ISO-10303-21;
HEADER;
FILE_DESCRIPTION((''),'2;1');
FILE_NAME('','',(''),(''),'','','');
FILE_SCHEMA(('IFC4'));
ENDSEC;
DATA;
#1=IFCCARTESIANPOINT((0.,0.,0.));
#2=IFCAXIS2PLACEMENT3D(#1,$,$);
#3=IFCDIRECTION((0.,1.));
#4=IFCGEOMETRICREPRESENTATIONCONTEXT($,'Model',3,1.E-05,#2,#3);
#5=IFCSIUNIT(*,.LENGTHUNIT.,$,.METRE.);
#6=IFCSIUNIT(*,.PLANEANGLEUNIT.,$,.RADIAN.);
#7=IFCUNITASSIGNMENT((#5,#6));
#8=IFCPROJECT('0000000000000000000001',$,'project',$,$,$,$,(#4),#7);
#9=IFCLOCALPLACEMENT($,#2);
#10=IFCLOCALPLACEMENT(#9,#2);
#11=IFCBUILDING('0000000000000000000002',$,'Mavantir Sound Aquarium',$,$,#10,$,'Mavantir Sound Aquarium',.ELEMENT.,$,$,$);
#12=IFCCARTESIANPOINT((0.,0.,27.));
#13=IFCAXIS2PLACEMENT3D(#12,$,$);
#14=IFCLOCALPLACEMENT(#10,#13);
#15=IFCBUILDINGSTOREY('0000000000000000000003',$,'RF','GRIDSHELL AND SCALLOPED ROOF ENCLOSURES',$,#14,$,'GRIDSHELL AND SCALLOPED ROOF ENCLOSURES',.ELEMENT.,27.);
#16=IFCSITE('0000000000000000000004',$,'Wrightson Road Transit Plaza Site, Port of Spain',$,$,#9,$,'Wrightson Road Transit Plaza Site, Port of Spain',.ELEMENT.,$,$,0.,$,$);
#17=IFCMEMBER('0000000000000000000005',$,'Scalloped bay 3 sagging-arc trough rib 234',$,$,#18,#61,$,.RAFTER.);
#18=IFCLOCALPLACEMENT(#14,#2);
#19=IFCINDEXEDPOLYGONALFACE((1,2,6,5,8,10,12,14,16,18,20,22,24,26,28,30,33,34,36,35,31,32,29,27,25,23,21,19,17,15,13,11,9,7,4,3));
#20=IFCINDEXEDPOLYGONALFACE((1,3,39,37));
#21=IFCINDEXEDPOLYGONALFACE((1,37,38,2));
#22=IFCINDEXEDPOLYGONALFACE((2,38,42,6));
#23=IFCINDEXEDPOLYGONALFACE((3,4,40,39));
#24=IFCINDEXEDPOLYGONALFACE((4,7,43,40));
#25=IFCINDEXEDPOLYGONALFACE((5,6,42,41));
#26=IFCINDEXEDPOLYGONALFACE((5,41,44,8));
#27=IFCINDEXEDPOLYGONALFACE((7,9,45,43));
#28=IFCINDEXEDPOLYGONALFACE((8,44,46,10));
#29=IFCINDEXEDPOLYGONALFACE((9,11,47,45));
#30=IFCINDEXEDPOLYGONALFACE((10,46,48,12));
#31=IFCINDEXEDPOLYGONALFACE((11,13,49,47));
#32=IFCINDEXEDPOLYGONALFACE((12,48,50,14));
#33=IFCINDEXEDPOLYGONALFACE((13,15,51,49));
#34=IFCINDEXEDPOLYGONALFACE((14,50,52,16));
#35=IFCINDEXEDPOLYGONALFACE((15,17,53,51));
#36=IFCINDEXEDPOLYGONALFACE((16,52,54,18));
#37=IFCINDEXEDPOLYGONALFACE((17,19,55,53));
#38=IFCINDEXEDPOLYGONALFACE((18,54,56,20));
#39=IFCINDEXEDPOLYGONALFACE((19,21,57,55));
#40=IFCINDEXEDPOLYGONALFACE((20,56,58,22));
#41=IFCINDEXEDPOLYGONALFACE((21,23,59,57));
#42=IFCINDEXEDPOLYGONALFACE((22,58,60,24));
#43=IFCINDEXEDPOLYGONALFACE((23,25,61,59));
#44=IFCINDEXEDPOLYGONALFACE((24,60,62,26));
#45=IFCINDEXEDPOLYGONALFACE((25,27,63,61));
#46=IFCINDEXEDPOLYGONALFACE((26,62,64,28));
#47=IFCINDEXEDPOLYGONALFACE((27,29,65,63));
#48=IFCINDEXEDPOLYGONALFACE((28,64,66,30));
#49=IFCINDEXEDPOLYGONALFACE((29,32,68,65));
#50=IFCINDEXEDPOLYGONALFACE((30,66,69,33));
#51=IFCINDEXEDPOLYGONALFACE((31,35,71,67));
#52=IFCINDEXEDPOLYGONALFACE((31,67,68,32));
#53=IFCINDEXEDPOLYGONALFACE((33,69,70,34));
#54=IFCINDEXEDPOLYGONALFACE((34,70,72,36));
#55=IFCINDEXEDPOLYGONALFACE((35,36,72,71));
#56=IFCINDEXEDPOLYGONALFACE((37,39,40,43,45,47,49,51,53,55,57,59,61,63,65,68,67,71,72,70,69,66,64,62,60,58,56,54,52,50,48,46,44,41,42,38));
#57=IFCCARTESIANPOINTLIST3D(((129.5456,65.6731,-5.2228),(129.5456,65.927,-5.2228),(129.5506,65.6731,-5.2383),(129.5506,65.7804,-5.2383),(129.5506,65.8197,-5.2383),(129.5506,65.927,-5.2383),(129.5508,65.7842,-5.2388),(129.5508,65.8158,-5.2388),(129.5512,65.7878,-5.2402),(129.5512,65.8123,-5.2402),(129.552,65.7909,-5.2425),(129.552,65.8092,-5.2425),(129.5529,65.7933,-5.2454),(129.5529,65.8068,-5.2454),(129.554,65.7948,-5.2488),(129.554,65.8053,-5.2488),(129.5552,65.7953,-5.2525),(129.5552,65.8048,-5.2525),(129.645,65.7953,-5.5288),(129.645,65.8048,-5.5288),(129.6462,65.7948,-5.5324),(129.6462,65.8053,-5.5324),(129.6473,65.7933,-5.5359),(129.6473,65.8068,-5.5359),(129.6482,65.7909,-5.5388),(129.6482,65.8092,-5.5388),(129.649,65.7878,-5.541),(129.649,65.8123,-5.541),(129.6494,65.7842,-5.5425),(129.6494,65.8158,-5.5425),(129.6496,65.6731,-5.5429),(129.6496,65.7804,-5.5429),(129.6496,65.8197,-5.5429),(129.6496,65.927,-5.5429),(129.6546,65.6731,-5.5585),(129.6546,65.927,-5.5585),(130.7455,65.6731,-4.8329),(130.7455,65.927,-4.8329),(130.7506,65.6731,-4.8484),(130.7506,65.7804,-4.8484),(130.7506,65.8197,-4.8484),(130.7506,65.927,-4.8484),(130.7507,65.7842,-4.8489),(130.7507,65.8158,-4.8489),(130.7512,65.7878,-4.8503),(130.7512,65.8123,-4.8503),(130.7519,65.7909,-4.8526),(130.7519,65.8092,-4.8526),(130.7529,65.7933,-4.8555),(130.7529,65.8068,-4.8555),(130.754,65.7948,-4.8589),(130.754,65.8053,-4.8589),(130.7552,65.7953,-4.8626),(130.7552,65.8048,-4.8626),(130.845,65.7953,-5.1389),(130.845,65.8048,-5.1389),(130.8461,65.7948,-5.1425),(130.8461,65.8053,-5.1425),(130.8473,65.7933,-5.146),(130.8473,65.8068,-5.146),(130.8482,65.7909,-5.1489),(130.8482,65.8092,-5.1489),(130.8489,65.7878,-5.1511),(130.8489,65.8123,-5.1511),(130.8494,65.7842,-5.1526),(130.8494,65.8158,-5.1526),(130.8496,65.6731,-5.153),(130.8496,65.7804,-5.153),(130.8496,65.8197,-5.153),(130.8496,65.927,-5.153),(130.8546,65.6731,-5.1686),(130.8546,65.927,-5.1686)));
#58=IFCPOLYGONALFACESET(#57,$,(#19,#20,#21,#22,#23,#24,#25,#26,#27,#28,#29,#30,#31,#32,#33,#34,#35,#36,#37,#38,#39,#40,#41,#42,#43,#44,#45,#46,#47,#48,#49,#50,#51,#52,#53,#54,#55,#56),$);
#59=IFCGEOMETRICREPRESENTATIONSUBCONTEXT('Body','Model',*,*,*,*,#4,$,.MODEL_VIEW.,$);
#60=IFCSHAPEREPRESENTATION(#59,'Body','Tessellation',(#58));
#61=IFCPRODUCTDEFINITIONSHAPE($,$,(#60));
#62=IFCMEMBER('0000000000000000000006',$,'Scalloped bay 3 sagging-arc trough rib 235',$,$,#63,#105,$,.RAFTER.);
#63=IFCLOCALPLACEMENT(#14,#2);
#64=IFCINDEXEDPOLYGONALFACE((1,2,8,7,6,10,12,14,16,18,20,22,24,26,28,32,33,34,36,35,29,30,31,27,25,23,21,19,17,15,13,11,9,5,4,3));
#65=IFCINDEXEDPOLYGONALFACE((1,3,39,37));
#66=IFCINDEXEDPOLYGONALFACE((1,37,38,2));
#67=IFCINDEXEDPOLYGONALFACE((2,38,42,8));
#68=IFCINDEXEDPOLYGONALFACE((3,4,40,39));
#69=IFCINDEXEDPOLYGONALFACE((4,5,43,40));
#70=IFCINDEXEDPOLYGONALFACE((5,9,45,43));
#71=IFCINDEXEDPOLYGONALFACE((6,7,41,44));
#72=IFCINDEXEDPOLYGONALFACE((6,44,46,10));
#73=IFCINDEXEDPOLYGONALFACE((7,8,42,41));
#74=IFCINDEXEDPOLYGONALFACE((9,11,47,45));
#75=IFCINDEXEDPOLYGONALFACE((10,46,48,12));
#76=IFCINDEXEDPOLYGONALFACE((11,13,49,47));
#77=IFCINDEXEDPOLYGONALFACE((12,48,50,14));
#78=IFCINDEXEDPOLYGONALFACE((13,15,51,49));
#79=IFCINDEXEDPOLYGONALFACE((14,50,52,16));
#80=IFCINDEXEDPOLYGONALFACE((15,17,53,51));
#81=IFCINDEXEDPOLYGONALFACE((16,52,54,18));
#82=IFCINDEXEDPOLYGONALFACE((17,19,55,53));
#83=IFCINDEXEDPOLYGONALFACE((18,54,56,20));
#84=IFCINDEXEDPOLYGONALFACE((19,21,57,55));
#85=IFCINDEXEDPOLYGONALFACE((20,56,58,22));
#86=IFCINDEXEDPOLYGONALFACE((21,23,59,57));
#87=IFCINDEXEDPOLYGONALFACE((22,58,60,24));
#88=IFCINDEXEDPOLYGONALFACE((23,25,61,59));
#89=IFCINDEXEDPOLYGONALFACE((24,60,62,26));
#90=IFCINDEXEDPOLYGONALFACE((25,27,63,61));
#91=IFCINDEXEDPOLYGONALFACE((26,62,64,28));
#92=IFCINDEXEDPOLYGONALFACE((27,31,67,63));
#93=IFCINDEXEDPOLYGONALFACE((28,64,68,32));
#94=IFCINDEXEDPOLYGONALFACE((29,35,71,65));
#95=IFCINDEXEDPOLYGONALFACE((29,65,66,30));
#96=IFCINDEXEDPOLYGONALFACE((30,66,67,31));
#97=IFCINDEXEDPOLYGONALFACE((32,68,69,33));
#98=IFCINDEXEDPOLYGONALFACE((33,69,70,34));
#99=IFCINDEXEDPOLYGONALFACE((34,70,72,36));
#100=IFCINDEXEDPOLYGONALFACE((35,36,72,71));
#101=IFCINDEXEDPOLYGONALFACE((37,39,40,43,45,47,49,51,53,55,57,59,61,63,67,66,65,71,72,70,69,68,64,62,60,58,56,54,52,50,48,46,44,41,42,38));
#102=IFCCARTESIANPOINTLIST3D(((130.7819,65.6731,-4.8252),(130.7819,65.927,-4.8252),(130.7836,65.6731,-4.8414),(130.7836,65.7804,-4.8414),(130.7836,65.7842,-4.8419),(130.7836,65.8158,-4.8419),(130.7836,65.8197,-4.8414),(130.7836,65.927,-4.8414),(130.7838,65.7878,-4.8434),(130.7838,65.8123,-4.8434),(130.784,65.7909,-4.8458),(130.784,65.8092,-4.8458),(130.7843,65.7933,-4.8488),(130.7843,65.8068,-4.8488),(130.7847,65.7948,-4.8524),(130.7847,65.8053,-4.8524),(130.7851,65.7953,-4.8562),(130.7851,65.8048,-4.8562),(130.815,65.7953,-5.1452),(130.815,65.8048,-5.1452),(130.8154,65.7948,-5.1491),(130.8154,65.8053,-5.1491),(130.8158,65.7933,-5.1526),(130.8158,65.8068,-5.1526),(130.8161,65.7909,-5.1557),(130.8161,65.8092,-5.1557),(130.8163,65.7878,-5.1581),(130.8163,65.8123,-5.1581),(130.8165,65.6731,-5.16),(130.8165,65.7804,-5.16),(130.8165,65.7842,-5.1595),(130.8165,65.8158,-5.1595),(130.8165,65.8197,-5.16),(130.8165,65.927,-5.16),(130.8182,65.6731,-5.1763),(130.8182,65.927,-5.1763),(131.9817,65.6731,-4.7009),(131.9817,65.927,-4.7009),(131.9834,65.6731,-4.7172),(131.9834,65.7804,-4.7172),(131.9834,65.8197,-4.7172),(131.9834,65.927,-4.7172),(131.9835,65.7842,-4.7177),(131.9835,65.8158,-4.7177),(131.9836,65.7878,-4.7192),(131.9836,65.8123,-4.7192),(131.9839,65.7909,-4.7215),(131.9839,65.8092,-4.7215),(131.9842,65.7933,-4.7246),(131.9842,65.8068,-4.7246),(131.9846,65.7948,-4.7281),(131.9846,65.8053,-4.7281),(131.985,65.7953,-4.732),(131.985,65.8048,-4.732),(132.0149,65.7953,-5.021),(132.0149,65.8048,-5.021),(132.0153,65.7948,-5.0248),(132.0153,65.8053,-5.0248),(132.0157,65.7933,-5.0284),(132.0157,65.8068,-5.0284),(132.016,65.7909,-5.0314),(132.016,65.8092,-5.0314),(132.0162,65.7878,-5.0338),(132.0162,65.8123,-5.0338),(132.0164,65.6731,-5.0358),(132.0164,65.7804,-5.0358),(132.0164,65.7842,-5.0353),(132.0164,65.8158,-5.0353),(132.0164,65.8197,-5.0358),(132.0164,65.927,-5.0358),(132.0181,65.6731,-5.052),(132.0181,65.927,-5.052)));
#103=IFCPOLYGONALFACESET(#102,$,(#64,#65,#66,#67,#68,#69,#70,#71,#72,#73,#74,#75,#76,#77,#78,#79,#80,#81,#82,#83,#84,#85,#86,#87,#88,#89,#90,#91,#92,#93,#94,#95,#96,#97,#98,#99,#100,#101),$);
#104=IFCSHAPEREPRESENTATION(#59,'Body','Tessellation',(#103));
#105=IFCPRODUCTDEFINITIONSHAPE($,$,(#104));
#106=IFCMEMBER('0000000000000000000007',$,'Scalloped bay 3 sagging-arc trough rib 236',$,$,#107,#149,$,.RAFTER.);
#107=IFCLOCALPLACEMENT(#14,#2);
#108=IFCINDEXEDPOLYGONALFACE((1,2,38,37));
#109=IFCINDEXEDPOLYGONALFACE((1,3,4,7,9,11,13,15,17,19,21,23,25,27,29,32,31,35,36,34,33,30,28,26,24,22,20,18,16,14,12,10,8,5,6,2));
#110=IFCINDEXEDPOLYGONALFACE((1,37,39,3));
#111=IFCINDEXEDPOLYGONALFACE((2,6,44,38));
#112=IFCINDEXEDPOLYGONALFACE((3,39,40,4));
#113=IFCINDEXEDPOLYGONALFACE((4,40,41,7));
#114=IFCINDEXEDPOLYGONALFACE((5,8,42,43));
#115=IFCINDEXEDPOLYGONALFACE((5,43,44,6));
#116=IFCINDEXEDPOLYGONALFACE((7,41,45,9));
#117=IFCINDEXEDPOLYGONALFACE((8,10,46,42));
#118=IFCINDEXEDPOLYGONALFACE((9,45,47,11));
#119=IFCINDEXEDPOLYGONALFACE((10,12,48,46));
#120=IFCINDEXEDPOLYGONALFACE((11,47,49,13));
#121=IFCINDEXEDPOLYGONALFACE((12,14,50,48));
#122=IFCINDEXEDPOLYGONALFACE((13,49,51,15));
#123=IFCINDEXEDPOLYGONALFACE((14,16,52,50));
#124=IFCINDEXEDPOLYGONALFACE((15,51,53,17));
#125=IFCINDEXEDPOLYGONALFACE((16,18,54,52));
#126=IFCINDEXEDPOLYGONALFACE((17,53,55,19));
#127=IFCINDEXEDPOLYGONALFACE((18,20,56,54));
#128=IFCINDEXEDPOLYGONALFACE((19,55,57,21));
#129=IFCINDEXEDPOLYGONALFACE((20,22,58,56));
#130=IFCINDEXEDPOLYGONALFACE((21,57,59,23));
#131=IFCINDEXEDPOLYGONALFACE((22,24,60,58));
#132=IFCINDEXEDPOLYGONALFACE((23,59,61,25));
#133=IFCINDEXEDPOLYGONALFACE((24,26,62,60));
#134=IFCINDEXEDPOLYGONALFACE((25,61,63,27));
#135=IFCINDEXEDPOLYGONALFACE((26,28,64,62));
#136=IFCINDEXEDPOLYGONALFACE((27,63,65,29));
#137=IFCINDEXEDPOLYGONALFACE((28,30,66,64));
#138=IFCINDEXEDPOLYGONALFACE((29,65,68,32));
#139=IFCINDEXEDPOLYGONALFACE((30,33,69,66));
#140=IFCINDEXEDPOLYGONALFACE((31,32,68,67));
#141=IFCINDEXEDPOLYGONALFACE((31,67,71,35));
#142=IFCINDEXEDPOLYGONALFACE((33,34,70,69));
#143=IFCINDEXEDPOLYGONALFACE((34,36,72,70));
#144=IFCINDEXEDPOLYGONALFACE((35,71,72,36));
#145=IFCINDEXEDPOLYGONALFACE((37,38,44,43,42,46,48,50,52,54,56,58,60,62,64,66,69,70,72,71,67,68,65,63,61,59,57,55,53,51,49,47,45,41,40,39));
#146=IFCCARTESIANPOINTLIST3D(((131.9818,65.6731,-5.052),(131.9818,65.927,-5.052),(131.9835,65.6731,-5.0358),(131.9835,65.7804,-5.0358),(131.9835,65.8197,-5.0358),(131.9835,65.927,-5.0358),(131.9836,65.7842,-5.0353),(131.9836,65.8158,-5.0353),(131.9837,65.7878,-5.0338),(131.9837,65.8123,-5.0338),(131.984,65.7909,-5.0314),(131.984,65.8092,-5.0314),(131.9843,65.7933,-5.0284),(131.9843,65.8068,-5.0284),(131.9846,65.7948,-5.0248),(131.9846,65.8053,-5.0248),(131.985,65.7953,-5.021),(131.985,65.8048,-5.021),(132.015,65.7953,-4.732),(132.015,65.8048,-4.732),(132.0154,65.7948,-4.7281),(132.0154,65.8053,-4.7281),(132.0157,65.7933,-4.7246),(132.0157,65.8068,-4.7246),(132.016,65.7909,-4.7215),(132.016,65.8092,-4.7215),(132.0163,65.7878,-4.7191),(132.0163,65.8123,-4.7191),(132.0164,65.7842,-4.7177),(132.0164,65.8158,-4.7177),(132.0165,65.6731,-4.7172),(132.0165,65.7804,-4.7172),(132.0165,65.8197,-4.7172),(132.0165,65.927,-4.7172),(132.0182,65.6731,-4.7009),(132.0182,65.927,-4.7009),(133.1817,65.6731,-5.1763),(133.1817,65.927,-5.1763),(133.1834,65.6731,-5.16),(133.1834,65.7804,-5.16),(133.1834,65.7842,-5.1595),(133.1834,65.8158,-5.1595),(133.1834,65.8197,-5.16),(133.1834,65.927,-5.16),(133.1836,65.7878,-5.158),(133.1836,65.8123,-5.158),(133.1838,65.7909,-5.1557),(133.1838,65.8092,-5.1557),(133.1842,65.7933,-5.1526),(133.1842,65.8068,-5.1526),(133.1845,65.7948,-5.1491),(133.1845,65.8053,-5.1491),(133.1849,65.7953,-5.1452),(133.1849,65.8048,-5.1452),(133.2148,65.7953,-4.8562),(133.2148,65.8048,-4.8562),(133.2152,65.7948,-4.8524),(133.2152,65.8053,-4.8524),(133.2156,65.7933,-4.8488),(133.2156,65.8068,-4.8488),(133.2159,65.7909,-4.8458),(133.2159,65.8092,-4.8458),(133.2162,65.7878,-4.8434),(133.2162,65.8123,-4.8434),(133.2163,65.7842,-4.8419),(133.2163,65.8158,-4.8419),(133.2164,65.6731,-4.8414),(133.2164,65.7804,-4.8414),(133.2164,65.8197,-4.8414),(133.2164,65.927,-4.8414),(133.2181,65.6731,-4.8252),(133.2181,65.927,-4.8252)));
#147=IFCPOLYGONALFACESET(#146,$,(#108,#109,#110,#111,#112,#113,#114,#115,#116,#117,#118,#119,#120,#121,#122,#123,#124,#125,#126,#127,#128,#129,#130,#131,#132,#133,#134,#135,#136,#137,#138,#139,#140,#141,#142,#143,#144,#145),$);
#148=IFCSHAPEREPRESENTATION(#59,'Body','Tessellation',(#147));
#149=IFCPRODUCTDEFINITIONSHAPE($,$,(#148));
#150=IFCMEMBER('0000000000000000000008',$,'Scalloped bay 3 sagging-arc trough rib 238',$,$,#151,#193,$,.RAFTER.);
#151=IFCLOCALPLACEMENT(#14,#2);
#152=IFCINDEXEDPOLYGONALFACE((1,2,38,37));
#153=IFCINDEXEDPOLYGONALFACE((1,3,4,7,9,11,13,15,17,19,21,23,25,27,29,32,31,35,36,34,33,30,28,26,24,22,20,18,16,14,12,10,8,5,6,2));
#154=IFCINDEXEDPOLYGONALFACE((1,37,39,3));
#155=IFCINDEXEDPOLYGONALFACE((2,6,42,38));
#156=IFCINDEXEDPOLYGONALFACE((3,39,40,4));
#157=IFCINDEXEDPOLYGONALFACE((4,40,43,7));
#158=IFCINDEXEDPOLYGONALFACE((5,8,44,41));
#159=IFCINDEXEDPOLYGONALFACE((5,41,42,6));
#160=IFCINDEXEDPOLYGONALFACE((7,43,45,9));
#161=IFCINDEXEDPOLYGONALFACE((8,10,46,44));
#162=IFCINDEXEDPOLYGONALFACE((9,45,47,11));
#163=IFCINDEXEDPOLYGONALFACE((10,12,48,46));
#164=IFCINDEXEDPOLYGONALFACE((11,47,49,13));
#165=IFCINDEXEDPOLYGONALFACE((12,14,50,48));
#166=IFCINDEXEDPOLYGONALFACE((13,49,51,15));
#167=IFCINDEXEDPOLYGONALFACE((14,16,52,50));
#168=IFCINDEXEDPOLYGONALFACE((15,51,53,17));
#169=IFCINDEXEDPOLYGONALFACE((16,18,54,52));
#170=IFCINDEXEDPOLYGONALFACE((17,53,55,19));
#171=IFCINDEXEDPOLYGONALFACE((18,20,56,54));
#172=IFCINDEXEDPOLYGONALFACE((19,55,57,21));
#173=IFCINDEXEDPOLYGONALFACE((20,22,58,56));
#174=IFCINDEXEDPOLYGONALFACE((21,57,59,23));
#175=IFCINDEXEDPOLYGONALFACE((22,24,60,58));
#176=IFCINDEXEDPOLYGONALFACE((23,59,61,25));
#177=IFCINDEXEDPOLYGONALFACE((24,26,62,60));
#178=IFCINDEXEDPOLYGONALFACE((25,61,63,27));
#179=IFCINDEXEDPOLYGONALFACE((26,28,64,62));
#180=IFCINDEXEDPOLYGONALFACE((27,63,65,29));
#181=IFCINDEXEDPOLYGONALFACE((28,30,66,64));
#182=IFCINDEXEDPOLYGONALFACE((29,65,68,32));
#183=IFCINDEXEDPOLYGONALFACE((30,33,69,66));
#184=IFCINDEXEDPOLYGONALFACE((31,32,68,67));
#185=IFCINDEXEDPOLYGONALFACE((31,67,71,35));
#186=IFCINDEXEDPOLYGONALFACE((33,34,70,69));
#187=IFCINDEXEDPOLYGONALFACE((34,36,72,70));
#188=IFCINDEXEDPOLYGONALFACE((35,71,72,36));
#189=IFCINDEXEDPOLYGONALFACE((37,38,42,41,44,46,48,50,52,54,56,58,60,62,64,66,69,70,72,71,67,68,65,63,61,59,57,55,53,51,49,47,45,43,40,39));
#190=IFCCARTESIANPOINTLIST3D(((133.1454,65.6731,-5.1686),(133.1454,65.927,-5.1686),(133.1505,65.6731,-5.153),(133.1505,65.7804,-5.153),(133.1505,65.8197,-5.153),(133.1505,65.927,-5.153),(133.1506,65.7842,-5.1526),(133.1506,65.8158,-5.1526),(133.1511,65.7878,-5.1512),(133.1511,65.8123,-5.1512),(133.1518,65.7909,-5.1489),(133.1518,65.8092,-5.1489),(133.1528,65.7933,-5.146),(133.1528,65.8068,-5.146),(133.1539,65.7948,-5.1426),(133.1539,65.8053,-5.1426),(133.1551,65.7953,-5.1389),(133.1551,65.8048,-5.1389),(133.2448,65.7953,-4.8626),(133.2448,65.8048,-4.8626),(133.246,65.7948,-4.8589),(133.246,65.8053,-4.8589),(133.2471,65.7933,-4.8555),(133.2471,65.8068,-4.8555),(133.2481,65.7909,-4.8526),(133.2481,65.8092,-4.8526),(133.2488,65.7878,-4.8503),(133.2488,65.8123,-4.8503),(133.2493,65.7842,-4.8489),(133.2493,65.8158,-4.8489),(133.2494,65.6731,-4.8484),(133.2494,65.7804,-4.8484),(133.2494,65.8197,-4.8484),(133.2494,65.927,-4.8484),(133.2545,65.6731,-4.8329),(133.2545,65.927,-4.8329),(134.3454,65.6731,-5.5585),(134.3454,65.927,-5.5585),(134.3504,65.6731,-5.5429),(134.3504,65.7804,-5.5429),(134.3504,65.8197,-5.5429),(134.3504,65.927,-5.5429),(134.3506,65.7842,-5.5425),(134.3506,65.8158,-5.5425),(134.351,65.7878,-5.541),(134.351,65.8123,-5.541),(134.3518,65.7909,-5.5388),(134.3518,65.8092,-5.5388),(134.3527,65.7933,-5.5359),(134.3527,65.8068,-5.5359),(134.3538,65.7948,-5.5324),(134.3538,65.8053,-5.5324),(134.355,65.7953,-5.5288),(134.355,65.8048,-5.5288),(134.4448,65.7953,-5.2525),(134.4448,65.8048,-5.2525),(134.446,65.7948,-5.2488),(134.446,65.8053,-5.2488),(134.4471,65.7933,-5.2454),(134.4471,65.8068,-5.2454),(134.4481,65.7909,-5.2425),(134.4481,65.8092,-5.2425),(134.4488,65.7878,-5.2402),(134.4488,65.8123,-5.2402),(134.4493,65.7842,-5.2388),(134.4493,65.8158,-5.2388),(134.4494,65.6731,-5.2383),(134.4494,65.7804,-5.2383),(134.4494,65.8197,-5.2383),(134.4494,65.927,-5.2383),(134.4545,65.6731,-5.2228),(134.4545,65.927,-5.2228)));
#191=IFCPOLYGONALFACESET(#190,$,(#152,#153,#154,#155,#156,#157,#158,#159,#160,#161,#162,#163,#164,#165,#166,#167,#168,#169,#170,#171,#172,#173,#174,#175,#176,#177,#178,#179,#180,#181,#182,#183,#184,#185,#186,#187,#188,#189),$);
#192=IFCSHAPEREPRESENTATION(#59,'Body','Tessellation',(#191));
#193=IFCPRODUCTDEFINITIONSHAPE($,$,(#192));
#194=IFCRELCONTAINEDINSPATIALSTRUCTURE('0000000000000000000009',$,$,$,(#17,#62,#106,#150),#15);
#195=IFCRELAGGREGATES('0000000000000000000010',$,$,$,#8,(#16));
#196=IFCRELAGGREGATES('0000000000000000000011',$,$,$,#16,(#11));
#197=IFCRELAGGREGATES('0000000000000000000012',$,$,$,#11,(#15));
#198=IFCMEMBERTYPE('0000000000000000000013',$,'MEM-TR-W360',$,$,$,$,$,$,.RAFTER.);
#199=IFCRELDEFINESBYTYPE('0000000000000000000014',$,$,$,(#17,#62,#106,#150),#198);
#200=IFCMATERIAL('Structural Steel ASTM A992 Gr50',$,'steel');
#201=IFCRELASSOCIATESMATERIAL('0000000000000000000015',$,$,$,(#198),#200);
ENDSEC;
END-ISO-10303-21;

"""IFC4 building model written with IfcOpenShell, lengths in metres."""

from ifc_helpers import new_model, si_unit, direction, frame, origin, origin_2d, place, context, subcontext, project, spatial, i_section, extrude, material, material_profile, profile_set, type_object, element, save


model = new_model("IFC4")

# Units and contexts
model_context = context("Model", 3, precision=1e-05, world=origin(), true_north=direction((0.0, 1.0)))
body_context = subcontext(model_context, "Body", "Model", "MODEL_VIEW")
ifc_project = project(units=[si_unit("LENGTHUNIT", "METRE"), si_unit("PLANEANGLEUNIT", "RADIAN")], contexts=[model_context])

# Site, building, storey
site_placement = place(None, origin())
site = spatial("IfcSite", under=ifc_project, at=site_placement, Name="Wrightson Road Transit Plaza Site, Port of Spain", LongName="Wrightson Road Transit Plaza Site, Port of Spain", CompositionType="ELEMENT", RefElevation=0.0)
building_placement = place(site_placement, origin())
building = spatial("IfcBuilding", under=site, at=building_placement, Name="Mavantir Sound Aquarium", LongName="Mavantir Sound Aquarium", CompositionType="ELEMENT")
storey_placement = place(building_placement, frame((0.0, 0.0, 27.0)))
storey = spatial("IfcBuildingStorey", under=building, at=storey_placement, Name="RF", Description="GRIDSHELL AND SCALLOPED ROOF ENCLOSURES", LongName="GRIDSHELL AND SCALLOPED ROOF ENCLOSURES", CompositionType="ELEMENT", Elevation=27.0)

# Shared definitions
ifc_material_1 = material(Name="Structural Steel ASTM A992 Gr50", Category="steel")

# Members
ifc_material_profile_1 = material_profile(ifc_material_1, i_section(OverallWidth=0.2539, OverallDepth=0.353, WebThickness=0.0095, FlangeThickness=0.0164, FilletRadius=0.0149, at=origin_2d()), Name="W360X91")
ifc_profile_set_1 = profile_set([ifc_material_profile_1], Name="Structural Steel ASTM A992 Gr50")
member_type_1 = type_object("IfcMemberType", Name="MEM-TR-W360", PredefinedType="RAFTER", material=ifc_profile_set_1)
member_1_placement = place(storey_placement, frame((129.6001, 65.8, -5.3906), z_axis=(0.951055, 0.0, 0.30902), x_axis=(0.0, 1.0, 0.0)))
element("IfcMember", 1, at=member_1_placement, inside=storey, type_object=member_type_1, Name="Scalloped bay 3 sagging-arc trough rib 234", PredefinedType="RAFTER", context=body_context, shape_type="SweptSolid", body=[
    extrude(i_section(OverallWidth=0.2539, OverallDepth=0.353, WebThickness=0.0095, FlangeThickness=0.0164, FilletRadius=0.0149, at=origin_2d()), origin(), (0.0, 0.0, 1.0), 1.2617),
])
for number, where, z_axis, x_axis, name in (
    (2, (130.8, 65.8, -5.0007), (0.99468, 0.0, 0.10301), (0.0, 1.0, 0.0), "Scalloped bay 3 sagging-arc trough rib 235"),
    (3, (132.0, 65.8, -4.8765), (0.99468, 0.0, -0.10301), (0.0, 1.0, 0.0), "Scalloped bay 3 sagging-arc trough rib 236"),
):
    element("IfcMember", number, at=place(storey_placement, frame(where, z_axis=z_axis, x_axis=x_axis)), inside=storey, type_object=member_type_1, Name=name, PredefinedType="RAFTER", context=body_context, shape_type="SweptSolid", body=[
        extrude(i_section(OverallWidth=0.2539, OverallDepth=0.353, WebThickness=0.0095, FlangeThickness=0.0164, FilletRadius=0.0149, at=origin_2d()), origin(), (0.0, 0.0, 1.0), 1.2063),
    ])
member_2_placement = place(storey_placement, frame((133.2, 65.8, -5.0007), z_axis=(0.951055, 0.0, -0.30902), x_axis=(0.0, 1.0, 0.0)))
element("IfcMember", 4, at=member_2_placement, inside=storey, type_object=member_type_1, Name="Scalloped bay 3 sagging-arc trough rib 238", PredefinedType="RAFTER", context=body_context, shape_type="SweptSolid", body=[
    extrude(i_section(OverallWidth=0.2539, OverallDepth=0.353, WebThickness=0.0095, FlangeThickness=0.0164, FilletRadius=0.0149, at=origin_2d()), origin(), (0.0, 0.0, 1.0), 1.2617),
])

save(model, "model.ifc")
